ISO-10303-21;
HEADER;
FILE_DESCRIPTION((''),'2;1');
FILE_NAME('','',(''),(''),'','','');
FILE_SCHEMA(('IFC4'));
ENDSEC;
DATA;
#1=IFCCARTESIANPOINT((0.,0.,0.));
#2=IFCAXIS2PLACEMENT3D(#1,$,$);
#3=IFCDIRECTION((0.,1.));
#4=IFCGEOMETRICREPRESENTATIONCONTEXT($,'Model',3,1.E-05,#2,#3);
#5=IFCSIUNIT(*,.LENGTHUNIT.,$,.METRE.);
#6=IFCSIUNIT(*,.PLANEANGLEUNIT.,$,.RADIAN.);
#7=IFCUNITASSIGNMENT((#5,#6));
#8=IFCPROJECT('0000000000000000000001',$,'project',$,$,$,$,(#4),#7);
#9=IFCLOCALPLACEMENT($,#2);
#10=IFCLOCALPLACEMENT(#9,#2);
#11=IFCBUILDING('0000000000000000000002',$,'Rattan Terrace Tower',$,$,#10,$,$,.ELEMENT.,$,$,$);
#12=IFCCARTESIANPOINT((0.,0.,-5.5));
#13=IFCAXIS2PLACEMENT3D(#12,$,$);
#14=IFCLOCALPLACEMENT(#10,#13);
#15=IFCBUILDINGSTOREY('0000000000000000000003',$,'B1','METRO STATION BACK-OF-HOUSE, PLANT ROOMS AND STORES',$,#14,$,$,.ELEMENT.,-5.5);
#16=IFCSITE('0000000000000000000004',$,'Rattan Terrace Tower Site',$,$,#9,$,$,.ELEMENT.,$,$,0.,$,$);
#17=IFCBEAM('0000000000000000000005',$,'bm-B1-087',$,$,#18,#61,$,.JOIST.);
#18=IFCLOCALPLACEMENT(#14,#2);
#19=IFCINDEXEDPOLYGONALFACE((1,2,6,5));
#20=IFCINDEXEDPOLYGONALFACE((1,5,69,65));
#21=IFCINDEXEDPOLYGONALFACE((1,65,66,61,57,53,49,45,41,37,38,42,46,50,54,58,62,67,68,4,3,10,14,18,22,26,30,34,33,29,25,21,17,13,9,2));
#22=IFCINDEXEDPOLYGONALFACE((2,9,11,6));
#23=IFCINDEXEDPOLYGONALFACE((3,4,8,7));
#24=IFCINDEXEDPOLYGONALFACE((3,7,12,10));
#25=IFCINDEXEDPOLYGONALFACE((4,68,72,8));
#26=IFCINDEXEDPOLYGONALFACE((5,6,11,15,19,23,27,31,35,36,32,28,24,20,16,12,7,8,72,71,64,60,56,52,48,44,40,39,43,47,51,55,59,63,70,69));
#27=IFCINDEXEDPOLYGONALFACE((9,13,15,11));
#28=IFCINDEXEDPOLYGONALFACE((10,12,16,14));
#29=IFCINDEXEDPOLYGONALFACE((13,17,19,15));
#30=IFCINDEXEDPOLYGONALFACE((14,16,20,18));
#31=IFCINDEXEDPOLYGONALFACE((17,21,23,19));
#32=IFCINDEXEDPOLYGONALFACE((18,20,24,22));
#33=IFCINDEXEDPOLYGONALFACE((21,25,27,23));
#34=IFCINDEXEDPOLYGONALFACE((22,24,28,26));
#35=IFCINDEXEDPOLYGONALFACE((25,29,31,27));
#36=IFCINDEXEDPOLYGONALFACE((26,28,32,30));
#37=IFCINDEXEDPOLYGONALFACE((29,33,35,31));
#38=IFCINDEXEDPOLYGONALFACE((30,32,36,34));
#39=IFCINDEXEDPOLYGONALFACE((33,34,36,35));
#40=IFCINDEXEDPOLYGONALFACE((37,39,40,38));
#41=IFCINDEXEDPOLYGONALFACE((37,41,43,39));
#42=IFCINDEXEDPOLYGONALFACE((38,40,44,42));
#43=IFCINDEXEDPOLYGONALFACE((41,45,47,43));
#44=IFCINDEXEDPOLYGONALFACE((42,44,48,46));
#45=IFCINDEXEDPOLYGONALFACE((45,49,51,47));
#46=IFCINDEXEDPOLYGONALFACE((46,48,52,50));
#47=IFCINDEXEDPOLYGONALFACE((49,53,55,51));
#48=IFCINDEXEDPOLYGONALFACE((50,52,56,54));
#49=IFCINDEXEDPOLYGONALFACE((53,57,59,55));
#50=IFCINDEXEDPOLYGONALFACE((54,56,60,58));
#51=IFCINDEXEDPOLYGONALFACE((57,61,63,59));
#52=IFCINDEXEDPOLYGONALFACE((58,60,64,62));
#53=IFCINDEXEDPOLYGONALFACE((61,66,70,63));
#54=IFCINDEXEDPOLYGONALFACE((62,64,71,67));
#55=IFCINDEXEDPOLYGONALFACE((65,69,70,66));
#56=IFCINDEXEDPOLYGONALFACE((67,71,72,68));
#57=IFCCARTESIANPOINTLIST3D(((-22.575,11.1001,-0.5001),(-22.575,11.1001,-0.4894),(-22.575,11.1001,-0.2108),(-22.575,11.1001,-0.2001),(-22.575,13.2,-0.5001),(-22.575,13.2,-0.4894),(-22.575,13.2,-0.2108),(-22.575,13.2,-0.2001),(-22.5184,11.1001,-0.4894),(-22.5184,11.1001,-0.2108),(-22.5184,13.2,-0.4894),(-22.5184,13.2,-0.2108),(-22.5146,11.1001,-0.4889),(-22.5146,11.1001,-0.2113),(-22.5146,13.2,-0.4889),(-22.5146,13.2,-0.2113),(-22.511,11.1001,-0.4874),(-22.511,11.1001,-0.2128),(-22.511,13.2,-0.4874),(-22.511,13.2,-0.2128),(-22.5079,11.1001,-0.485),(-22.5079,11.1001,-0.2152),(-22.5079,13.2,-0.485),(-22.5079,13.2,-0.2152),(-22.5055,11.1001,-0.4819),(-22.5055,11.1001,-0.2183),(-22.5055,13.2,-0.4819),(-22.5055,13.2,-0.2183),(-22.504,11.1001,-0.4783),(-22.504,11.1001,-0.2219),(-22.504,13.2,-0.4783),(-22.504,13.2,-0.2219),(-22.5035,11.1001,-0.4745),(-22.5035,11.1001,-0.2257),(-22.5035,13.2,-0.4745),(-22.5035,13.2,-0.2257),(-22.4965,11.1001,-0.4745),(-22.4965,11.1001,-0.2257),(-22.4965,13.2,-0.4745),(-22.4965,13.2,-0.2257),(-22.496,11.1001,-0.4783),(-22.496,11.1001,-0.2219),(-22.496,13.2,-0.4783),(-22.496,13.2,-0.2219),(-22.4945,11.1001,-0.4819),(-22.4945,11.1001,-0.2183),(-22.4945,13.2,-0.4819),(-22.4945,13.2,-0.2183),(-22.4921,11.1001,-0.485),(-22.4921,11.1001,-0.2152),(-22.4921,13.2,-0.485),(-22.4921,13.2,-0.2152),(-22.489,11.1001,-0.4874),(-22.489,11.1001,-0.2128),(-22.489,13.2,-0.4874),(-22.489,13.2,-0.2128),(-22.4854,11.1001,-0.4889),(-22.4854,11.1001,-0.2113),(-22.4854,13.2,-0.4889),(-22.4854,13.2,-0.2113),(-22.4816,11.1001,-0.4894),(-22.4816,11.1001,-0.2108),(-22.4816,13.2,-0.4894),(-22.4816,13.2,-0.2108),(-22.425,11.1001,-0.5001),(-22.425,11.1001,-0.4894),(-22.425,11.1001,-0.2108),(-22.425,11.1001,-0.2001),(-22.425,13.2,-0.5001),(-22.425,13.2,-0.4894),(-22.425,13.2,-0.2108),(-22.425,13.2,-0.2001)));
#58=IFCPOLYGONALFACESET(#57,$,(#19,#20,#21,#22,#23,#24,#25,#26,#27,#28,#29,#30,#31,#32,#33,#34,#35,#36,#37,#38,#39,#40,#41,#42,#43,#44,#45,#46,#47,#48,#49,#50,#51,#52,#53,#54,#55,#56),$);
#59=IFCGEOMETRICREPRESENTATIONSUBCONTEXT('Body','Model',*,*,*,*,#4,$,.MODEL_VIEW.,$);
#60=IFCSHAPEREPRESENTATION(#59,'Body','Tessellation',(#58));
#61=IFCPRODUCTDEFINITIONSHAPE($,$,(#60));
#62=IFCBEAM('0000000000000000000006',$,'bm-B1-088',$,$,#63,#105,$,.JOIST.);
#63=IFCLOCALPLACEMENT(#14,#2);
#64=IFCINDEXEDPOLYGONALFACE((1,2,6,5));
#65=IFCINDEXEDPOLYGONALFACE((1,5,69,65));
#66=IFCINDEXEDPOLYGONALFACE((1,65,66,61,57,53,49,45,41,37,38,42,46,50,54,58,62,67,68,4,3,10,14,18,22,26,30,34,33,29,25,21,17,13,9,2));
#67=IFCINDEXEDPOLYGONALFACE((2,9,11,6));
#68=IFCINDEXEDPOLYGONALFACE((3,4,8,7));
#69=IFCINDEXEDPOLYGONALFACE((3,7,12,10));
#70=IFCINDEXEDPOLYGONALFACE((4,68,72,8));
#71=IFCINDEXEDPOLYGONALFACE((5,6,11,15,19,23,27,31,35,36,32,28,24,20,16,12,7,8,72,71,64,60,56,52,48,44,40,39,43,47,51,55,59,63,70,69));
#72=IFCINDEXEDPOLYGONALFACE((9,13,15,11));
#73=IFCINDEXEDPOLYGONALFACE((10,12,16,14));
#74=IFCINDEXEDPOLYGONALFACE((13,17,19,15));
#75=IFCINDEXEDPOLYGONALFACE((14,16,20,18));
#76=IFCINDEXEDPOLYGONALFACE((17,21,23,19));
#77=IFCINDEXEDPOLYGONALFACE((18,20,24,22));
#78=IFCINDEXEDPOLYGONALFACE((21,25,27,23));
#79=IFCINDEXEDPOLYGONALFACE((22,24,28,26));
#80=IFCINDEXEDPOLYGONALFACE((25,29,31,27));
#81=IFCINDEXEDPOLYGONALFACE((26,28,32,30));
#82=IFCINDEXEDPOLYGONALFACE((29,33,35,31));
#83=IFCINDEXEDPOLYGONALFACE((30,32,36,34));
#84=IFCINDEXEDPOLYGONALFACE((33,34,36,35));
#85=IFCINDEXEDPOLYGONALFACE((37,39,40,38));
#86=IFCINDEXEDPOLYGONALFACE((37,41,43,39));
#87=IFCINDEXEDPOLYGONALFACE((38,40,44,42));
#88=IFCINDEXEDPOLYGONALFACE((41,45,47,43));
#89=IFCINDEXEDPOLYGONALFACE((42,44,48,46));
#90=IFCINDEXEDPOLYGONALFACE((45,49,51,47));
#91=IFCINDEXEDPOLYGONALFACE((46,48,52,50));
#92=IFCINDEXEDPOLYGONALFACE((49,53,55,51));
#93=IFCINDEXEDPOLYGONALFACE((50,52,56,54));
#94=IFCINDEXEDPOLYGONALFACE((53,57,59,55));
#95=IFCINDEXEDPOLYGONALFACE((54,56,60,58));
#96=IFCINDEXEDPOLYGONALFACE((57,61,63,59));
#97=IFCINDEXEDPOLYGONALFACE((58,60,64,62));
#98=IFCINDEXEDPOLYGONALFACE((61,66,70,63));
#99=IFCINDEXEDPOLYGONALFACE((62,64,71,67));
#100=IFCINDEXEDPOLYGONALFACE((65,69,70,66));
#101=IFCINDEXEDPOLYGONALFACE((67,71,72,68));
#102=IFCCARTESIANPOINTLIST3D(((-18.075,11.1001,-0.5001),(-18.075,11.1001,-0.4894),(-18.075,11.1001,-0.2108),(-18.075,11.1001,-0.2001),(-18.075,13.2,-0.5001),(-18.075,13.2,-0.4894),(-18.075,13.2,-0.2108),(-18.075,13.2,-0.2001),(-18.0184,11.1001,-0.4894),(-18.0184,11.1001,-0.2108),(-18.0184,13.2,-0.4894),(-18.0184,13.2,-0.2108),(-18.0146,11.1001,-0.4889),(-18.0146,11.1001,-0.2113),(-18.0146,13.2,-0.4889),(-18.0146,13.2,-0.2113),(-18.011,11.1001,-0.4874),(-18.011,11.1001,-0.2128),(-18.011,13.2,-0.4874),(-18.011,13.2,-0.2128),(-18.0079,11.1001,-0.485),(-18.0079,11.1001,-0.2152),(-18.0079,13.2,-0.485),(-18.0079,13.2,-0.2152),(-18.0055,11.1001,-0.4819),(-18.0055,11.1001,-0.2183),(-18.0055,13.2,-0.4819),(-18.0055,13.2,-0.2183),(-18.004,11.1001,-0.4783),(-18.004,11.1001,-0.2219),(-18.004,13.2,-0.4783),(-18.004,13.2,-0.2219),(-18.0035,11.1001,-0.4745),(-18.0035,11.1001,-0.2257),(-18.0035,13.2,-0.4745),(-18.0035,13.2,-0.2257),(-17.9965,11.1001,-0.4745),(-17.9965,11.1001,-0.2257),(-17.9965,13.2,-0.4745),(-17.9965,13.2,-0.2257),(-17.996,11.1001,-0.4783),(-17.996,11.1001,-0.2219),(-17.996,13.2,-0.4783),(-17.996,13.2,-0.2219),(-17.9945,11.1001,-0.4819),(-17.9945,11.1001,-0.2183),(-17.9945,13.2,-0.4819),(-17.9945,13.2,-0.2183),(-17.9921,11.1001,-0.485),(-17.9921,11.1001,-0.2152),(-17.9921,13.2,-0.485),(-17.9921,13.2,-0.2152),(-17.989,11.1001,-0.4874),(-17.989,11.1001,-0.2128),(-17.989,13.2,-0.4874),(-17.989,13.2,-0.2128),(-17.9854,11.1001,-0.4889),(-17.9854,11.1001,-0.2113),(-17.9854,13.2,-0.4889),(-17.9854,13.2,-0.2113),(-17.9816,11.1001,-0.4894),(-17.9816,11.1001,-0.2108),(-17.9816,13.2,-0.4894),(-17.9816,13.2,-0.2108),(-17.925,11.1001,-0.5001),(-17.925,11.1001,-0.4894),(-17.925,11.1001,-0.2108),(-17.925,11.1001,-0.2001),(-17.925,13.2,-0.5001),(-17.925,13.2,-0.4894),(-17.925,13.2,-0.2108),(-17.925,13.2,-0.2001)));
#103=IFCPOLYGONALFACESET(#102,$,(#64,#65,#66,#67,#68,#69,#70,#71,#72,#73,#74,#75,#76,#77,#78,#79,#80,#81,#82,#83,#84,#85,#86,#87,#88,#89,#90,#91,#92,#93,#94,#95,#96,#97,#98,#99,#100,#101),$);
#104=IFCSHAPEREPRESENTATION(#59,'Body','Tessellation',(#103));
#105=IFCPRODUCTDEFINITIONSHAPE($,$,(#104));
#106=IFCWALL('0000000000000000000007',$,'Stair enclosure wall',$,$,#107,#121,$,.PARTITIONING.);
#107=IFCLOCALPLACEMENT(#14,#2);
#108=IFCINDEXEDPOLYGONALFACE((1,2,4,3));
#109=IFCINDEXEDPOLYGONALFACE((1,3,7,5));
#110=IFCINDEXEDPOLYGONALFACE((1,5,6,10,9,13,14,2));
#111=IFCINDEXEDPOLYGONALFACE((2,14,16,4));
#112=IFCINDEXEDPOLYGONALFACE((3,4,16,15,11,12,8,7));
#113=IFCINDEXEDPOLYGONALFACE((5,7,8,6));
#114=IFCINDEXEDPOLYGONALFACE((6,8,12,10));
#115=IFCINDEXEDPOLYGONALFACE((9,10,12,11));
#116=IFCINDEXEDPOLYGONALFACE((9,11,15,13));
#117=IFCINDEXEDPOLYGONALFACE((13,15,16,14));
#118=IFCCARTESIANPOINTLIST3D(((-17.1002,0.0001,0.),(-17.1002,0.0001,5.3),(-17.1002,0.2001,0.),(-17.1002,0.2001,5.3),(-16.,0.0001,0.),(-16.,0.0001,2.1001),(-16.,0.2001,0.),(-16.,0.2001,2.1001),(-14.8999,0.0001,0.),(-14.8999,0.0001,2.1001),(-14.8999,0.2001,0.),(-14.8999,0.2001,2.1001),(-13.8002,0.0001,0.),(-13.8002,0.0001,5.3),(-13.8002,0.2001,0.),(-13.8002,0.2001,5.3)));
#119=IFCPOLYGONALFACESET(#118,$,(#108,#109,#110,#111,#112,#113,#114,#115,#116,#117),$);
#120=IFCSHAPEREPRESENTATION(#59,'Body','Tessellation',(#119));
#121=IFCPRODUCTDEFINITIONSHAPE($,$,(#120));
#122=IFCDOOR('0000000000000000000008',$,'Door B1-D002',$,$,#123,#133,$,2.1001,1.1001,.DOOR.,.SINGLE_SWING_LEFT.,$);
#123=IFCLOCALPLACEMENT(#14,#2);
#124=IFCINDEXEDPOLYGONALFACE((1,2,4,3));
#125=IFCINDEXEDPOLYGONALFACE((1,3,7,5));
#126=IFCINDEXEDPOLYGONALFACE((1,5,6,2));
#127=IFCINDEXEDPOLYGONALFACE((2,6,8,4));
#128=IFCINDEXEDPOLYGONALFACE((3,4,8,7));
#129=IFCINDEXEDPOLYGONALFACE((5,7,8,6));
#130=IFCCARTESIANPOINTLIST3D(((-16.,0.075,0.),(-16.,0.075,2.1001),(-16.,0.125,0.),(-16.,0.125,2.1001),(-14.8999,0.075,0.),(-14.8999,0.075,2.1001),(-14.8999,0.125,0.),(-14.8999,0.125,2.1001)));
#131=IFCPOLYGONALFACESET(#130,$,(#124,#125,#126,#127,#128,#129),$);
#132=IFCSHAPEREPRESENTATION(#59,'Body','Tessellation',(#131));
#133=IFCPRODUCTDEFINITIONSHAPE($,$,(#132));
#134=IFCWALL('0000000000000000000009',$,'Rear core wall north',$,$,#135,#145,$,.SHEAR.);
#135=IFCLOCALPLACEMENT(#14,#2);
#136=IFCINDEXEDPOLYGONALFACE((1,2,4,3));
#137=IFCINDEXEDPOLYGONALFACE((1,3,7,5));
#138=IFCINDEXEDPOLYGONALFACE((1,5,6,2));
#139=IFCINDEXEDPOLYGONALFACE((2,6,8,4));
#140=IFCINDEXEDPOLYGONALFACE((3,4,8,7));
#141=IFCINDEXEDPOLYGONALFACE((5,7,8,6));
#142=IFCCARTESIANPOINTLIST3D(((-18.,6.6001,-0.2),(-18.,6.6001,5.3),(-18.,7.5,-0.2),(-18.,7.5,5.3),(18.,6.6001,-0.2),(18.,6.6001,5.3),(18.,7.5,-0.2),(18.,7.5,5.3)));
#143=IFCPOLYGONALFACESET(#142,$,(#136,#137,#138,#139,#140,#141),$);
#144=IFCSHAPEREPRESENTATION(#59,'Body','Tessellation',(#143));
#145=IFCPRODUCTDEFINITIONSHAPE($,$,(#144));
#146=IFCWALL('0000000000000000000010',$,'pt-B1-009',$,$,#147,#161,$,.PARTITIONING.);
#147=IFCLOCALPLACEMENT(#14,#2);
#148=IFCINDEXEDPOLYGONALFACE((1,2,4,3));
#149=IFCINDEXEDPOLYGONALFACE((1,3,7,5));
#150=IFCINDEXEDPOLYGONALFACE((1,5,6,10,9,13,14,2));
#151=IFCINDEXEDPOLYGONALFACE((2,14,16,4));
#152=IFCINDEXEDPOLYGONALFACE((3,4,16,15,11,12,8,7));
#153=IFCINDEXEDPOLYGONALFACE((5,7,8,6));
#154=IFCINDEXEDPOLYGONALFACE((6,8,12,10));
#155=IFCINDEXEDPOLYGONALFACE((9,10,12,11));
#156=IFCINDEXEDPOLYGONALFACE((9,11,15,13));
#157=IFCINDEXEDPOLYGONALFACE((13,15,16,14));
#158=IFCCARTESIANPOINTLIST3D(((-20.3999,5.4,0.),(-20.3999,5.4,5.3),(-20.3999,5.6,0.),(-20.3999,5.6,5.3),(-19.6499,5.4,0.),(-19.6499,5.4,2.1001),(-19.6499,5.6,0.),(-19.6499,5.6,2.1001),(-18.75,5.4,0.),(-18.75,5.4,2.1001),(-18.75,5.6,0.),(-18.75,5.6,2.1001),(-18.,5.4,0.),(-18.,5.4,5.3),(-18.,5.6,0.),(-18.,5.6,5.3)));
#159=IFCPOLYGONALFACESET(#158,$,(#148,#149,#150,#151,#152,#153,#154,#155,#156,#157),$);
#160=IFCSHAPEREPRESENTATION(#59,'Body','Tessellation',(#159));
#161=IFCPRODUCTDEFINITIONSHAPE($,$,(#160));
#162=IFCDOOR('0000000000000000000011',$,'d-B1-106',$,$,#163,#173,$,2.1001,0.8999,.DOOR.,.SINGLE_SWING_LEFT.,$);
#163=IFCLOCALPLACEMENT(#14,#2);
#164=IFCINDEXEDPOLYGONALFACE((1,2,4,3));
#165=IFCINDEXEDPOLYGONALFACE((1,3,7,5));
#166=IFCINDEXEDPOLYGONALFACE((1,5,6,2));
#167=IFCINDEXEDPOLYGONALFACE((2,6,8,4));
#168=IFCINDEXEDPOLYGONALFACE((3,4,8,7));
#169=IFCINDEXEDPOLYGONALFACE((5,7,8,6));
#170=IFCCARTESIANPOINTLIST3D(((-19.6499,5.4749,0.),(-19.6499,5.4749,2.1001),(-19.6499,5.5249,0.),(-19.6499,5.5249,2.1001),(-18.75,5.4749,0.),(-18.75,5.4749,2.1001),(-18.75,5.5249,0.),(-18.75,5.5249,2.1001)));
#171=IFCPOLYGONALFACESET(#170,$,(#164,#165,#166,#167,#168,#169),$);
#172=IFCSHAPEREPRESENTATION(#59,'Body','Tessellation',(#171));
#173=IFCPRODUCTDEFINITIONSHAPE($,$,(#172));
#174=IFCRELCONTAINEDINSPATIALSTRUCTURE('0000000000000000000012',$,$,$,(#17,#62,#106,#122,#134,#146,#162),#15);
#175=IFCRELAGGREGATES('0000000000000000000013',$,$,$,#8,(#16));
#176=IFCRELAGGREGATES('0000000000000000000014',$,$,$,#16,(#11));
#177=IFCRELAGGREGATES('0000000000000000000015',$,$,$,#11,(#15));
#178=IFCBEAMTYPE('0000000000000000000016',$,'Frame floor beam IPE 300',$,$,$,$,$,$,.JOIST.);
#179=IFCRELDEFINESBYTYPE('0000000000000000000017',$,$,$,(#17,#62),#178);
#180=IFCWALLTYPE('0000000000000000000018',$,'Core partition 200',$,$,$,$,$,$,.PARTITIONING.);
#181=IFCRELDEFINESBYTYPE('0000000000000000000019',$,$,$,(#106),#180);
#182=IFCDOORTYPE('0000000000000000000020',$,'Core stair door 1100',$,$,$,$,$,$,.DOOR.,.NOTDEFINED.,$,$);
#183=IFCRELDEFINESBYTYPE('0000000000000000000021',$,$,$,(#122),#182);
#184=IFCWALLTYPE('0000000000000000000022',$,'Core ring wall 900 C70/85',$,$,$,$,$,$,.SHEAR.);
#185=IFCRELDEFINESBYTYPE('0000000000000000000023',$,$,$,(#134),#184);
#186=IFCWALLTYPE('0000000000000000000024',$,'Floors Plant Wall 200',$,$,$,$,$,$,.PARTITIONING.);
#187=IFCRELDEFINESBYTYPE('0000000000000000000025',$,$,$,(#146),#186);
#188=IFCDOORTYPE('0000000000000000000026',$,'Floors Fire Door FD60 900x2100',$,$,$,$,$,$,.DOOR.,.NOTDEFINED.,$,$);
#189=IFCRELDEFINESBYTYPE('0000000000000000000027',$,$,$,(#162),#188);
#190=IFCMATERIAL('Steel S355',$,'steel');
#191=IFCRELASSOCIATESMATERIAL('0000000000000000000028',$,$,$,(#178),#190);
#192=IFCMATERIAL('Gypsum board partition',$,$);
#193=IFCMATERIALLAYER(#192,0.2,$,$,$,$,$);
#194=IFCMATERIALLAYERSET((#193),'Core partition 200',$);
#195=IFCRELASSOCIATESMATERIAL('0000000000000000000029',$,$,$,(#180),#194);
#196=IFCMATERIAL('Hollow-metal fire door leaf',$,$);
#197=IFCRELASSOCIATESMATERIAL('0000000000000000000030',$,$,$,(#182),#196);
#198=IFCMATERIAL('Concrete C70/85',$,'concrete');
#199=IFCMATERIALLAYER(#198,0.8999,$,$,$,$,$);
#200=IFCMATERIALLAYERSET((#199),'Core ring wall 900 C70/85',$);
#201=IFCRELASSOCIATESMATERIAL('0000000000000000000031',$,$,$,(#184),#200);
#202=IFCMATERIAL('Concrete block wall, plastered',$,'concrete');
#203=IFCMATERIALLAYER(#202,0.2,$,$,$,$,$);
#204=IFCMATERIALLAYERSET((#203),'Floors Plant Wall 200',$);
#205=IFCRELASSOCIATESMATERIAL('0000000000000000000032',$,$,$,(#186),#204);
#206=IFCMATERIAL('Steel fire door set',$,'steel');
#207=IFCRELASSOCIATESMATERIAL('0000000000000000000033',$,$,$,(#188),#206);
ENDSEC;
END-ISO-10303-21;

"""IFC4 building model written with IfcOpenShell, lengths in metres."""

from ifc_helpers import new_model, si_unit, direction, frame, frame_2d, origin, origin_2d, place, context, subcontext, project, spatial, rectangle, i_section, extrude, material, layer, layer_set, material_profile, profile_set, type_object, element, fill, save


model = new_model("IFC4")

# Units and contexts
model_context = context("Model", 3, precision=1e-05, world=origin(), true_north=direction((0.0, 1.0)))
body_context = subcontext(model_context, "Body", "Model", "MODEL_VIEW")
ifc_project = project(units=[si_unit("LENGTHUNIT", "METRE"), si_unit("PLANEANGLEUNIT", "RADIAN")], contexts=[model_context])

# Site, building, storey
site_placement = place(None, origin())
site = spatial("IfcSite", under=ifc_project, at=site_placement, Name="Rattan Terrace Tower Site", CompositionType="ELEMENT", RefElevation=0.0)
building_placement = place(site_placement, origin())
building = spatial("IfcBuilding", under=site, at=building_placement, Name="Rattan Terrace Tower", CompositionType="ELEMENT")
storey_placement = place(building_placement, frame((0.0, 0.0, -5.5)))
storey = spatial("IfcBuildingStorey", under=building, at=storey_placement, Name="B1", Description="METRO STATION BACK-OF-HOUSE, PLANT ROOMS AND STORES", CompositionType="ELEMENT", Elevation=-5.5)

# Beams
ifc_material_1 = material(Name="Steel S355", Category="steel")
ifc_material_profile_1 = material_profile(ifc_material_1, i_section(OverallWidth=0.1499, OverallDepth=0.3, WebThickness=0.0071, FlangeThickness=0.0107, FilletRadius=0.0149, at=origin_2d()), Name="IPE 300")
ifc_profile_set_1 = profile_set([ifc_material_profile_1], Name="Steel S355")
beam_type_1 = type_object("IfcBeamType", Name="Frame floor beam IPE 300", PredefinedType="JOIST", material=ifc_profile_set_1)
for number, where, z_axis, x_axis, name in (
    (1, (-22.5, 11.1001, -0.3501), (0.0, 1.0, 0.0), (-1.0, 0.0, 0.0), "bm-B1-087"),
    (2, (-18.0, 11.1001, -0.3501), (0.0, 1.0, 0.0), (-1.0, 0.0, 0.0), "bm-B1-088"),
):
    element("IfcBeam", number, at=place(storey_placement, frame(where, z_axis=z_axis, x_axis=x_axis)), inside=storey, type_object=beam_type_1, Name=name, PredefinedType="JOIST", context=body_context, shape_type="SweptSolid", body=[
        extrude(i_section(OverallWidth=0.1499, OverallDepth=0.3, WebThickness=0.0071, FlangeThickness=0.0107, FilletRadius=0.0149, at=origin_2d()), origin(), (0.0, 0.0, 1.0), 2.0999),
    ])

# Wall, opening, door
ifc_material_2 = material(Name="Gypsum board partition")
ifc_layer_1 = layer(ifc_material_2, 0.2)
ifc_layer_set_1 = layer_set([ifc_layer_1], Name="Core partition 200")
wall_type_1 = type_object("IfcWallType", Name="Core partition 200", PredefinedType="PARTITIONING", material=ifc_layer_set_1)
wall_1_placement = place(storey_placement, frame((-17.1001, 0.1001, 0.0), z_axis=(0.0, 0.0, 1.0), x_axis=(1.0, 0.0, 0.0)))
wall_1 = element("IfcWall", 3, at=wall_1_placement, inside=storey, type_object=wall_type_1, Name="Stair enclosure wall", PredefinedType="PARTITIONING", context=body_context, shape_type="SweptSolid", body=[
    extrude(rectangle(XDim=3.3, YDim=0.2, at=frame_2d((1.6499, 0.0))), origin(), (0.0, 0.0, 1.0), 5.3),
])
opening_1_placement = place(wall_1_placement, frame((1.1001, 0.0, 0.0)))
opening_1 = element("IfcOpeningElement", 4, at=opening_1_placement, cuts=wall_1, PredefinedType="OPENING", context=body_context, shape_type="SweptSolid", body=[
    extrude(rectangle(XDim=1.1001, YDim=2.1001, at=frame_2d((0.55, 1.05))), frame((0.0, 0.1106, 0.0), z_axis=(0.0, -1.0, 0.0), x_axis=(1.0, 0.0, 0.0)), (0.0, 0.0, 1.0), 0.2209),
])
ifc_material_3 = material(Name="Hollow-metal fire door leaf")
door_type_1 = type_object("IfcDoorType", Name="Core stair door 1100", OperationType="NOTDEFINED", PredefinedType="DOOR", material=ifc_material_3)
door_1_placement = place(opening_1_placement, origin())
door_1 = element("IfcDoor", 5, at=door_1_placement, inside=storey, type_object=door_type_1, Name="Door B1-D002", OperationType="SINGLE_SWING_LEFT", OverallHeight=2.1001, OverallWidth=1.1001, PredefinedType="DOOR", context=body_context, shape_type="SweptSolid", body=[
    extrude(rectangle(XDim=1.1001, YDim=2.1001, at=frame_2d((0.55, 1.05))), frame((0.0, 0.0249, 0.0), z_axis=(0.0, -1.0, 0.0), x_axis=(1.0, 0.0, 0.0)), (0.0, 0.0, 1.0), 0.05),
])
fill(opening_1, door_1)

# Wall
ifc_material_4 = material(Name="Concrete C70/85", Category="concrete")
ifc_layer_2 = layer(ifc_material_4, 0.8999)
ifc_layer_set_2 = layer_set([ifc_layer_2], Name="Core ring wall 900 C70/85")
wall_type_2 = type_object("IfcWallType", Name="Core ring wall 900 C70/85", PredefinedType="SHEAR", material=ifc_layer_set_2)
wall_2_placement = place(storey_placement, frame((-18.0, 7.05, -0.2), z_axis=(0.0, 0.0, 1.0), x_axis=(1.0, 0.0, 0.0)))
element("IfcWall", 6, at=wall_2_placement, inside=storey, type_object=wall_type_2, Name="Rear core wall north", PredefinedType="SHEAR", context=body_context, shape_type="SweptSolid", body=[
    extrude(rectangle(XDim=36.0, YDim=0.8999, at=frame_2d((18.0, 0.0))), origin(), (0.0, 0.0, 1.0), 5.5),
])

# Wall, opening, door
ifc_material_5 = material(Name="Concrete block wall, plastered", Category="concrete")
ifc_layer_3 = layer(ifc_material_5, 0.2)
ifc_layer_set_3 = layer_set([ifc_layer_3], Name="Floors Plant Wall 200")
wall_type_3 = type_object("IfcWallType", Name="Floors Plant Wall 200", PredefinedType="PARTITIONING", material=ifc_layer_set_3)
wall_3_placement = place(storey_placement, frame((-20.3999, 5.5, 0.0), z_axis=(0.0, 0.0, 1.0), x_axis=(1.0, 0.0, 0.0)))
wall_3 = element("IfcWall", 7, at=wall_3_placement, inside=storey, type_object=wall_type_3, Name="pt-B1-009", PredefinedType="PARTITIONING", context=body_context, shape_type="SweptSolid", body=[
    extrude(rectangle(XDim=2.3999, YDim=0.2, at=frame_2d((1.2, 0.0))), origin(), (0.0, 0.0, 1.0), 5.3),
])
opening_2_placement = place(wall_3_placement, frame((0.75, 0.0, 0.0)))
opening_2 = element("IfcOpeningElement", 8, at=opening_2_placement, cuts=wall_3, PredefinedType="OPENING", context=body_context, shape_type="SweptSolid", body=[
    extrude(rectangle(XDim=0.8999, YDim=2.1001, at=frame_2d((0.45, 1.05))), frame((0.0, 0.1106, 0.0), z_axis=(0.0, -1.0, 0.0), x_axis=(1.0, 0.0, 0.0)), (0.0, 0.0, 1.0), 0.2209),
])
ifc_material_6 = material(Name="Steel fire door set", Category="steel")
door_type_2 = type_object("IfcDoorType", Name="Floors Fire Door FD60 900x2100", OperationType="NOTDEFINED", PredefinedType="DOOR", material=ifc_material_6)
door_2_placement = place(opening_2_placement, origin())
door_2 = element("IfcDoor", 9, at=door_2_placement, inside=storey, type_object=door_type_2, Name="d-B1-106", OperationType="SINGLE_SWING_LEFT", OverallHeight=2.1001, OverallWidth=0.8999, PredefinedType="DOOR", context=body_context, shape_type="SweptSolid", body=[
    extrude(rectangle(XDim=0.8999, YDim=2.1001, at=frame_2d((0.45, 1.05))), frame((0.0, 0.0249, 0.0), z_axis=(0.0, -1.0, 0.0), x_axis=(1.0, 0.0, 0.0)), (0.0, 0.0, 1.0), 0.05),
])
fill(opening_2, door_2)

save(model, "model.ifc")
